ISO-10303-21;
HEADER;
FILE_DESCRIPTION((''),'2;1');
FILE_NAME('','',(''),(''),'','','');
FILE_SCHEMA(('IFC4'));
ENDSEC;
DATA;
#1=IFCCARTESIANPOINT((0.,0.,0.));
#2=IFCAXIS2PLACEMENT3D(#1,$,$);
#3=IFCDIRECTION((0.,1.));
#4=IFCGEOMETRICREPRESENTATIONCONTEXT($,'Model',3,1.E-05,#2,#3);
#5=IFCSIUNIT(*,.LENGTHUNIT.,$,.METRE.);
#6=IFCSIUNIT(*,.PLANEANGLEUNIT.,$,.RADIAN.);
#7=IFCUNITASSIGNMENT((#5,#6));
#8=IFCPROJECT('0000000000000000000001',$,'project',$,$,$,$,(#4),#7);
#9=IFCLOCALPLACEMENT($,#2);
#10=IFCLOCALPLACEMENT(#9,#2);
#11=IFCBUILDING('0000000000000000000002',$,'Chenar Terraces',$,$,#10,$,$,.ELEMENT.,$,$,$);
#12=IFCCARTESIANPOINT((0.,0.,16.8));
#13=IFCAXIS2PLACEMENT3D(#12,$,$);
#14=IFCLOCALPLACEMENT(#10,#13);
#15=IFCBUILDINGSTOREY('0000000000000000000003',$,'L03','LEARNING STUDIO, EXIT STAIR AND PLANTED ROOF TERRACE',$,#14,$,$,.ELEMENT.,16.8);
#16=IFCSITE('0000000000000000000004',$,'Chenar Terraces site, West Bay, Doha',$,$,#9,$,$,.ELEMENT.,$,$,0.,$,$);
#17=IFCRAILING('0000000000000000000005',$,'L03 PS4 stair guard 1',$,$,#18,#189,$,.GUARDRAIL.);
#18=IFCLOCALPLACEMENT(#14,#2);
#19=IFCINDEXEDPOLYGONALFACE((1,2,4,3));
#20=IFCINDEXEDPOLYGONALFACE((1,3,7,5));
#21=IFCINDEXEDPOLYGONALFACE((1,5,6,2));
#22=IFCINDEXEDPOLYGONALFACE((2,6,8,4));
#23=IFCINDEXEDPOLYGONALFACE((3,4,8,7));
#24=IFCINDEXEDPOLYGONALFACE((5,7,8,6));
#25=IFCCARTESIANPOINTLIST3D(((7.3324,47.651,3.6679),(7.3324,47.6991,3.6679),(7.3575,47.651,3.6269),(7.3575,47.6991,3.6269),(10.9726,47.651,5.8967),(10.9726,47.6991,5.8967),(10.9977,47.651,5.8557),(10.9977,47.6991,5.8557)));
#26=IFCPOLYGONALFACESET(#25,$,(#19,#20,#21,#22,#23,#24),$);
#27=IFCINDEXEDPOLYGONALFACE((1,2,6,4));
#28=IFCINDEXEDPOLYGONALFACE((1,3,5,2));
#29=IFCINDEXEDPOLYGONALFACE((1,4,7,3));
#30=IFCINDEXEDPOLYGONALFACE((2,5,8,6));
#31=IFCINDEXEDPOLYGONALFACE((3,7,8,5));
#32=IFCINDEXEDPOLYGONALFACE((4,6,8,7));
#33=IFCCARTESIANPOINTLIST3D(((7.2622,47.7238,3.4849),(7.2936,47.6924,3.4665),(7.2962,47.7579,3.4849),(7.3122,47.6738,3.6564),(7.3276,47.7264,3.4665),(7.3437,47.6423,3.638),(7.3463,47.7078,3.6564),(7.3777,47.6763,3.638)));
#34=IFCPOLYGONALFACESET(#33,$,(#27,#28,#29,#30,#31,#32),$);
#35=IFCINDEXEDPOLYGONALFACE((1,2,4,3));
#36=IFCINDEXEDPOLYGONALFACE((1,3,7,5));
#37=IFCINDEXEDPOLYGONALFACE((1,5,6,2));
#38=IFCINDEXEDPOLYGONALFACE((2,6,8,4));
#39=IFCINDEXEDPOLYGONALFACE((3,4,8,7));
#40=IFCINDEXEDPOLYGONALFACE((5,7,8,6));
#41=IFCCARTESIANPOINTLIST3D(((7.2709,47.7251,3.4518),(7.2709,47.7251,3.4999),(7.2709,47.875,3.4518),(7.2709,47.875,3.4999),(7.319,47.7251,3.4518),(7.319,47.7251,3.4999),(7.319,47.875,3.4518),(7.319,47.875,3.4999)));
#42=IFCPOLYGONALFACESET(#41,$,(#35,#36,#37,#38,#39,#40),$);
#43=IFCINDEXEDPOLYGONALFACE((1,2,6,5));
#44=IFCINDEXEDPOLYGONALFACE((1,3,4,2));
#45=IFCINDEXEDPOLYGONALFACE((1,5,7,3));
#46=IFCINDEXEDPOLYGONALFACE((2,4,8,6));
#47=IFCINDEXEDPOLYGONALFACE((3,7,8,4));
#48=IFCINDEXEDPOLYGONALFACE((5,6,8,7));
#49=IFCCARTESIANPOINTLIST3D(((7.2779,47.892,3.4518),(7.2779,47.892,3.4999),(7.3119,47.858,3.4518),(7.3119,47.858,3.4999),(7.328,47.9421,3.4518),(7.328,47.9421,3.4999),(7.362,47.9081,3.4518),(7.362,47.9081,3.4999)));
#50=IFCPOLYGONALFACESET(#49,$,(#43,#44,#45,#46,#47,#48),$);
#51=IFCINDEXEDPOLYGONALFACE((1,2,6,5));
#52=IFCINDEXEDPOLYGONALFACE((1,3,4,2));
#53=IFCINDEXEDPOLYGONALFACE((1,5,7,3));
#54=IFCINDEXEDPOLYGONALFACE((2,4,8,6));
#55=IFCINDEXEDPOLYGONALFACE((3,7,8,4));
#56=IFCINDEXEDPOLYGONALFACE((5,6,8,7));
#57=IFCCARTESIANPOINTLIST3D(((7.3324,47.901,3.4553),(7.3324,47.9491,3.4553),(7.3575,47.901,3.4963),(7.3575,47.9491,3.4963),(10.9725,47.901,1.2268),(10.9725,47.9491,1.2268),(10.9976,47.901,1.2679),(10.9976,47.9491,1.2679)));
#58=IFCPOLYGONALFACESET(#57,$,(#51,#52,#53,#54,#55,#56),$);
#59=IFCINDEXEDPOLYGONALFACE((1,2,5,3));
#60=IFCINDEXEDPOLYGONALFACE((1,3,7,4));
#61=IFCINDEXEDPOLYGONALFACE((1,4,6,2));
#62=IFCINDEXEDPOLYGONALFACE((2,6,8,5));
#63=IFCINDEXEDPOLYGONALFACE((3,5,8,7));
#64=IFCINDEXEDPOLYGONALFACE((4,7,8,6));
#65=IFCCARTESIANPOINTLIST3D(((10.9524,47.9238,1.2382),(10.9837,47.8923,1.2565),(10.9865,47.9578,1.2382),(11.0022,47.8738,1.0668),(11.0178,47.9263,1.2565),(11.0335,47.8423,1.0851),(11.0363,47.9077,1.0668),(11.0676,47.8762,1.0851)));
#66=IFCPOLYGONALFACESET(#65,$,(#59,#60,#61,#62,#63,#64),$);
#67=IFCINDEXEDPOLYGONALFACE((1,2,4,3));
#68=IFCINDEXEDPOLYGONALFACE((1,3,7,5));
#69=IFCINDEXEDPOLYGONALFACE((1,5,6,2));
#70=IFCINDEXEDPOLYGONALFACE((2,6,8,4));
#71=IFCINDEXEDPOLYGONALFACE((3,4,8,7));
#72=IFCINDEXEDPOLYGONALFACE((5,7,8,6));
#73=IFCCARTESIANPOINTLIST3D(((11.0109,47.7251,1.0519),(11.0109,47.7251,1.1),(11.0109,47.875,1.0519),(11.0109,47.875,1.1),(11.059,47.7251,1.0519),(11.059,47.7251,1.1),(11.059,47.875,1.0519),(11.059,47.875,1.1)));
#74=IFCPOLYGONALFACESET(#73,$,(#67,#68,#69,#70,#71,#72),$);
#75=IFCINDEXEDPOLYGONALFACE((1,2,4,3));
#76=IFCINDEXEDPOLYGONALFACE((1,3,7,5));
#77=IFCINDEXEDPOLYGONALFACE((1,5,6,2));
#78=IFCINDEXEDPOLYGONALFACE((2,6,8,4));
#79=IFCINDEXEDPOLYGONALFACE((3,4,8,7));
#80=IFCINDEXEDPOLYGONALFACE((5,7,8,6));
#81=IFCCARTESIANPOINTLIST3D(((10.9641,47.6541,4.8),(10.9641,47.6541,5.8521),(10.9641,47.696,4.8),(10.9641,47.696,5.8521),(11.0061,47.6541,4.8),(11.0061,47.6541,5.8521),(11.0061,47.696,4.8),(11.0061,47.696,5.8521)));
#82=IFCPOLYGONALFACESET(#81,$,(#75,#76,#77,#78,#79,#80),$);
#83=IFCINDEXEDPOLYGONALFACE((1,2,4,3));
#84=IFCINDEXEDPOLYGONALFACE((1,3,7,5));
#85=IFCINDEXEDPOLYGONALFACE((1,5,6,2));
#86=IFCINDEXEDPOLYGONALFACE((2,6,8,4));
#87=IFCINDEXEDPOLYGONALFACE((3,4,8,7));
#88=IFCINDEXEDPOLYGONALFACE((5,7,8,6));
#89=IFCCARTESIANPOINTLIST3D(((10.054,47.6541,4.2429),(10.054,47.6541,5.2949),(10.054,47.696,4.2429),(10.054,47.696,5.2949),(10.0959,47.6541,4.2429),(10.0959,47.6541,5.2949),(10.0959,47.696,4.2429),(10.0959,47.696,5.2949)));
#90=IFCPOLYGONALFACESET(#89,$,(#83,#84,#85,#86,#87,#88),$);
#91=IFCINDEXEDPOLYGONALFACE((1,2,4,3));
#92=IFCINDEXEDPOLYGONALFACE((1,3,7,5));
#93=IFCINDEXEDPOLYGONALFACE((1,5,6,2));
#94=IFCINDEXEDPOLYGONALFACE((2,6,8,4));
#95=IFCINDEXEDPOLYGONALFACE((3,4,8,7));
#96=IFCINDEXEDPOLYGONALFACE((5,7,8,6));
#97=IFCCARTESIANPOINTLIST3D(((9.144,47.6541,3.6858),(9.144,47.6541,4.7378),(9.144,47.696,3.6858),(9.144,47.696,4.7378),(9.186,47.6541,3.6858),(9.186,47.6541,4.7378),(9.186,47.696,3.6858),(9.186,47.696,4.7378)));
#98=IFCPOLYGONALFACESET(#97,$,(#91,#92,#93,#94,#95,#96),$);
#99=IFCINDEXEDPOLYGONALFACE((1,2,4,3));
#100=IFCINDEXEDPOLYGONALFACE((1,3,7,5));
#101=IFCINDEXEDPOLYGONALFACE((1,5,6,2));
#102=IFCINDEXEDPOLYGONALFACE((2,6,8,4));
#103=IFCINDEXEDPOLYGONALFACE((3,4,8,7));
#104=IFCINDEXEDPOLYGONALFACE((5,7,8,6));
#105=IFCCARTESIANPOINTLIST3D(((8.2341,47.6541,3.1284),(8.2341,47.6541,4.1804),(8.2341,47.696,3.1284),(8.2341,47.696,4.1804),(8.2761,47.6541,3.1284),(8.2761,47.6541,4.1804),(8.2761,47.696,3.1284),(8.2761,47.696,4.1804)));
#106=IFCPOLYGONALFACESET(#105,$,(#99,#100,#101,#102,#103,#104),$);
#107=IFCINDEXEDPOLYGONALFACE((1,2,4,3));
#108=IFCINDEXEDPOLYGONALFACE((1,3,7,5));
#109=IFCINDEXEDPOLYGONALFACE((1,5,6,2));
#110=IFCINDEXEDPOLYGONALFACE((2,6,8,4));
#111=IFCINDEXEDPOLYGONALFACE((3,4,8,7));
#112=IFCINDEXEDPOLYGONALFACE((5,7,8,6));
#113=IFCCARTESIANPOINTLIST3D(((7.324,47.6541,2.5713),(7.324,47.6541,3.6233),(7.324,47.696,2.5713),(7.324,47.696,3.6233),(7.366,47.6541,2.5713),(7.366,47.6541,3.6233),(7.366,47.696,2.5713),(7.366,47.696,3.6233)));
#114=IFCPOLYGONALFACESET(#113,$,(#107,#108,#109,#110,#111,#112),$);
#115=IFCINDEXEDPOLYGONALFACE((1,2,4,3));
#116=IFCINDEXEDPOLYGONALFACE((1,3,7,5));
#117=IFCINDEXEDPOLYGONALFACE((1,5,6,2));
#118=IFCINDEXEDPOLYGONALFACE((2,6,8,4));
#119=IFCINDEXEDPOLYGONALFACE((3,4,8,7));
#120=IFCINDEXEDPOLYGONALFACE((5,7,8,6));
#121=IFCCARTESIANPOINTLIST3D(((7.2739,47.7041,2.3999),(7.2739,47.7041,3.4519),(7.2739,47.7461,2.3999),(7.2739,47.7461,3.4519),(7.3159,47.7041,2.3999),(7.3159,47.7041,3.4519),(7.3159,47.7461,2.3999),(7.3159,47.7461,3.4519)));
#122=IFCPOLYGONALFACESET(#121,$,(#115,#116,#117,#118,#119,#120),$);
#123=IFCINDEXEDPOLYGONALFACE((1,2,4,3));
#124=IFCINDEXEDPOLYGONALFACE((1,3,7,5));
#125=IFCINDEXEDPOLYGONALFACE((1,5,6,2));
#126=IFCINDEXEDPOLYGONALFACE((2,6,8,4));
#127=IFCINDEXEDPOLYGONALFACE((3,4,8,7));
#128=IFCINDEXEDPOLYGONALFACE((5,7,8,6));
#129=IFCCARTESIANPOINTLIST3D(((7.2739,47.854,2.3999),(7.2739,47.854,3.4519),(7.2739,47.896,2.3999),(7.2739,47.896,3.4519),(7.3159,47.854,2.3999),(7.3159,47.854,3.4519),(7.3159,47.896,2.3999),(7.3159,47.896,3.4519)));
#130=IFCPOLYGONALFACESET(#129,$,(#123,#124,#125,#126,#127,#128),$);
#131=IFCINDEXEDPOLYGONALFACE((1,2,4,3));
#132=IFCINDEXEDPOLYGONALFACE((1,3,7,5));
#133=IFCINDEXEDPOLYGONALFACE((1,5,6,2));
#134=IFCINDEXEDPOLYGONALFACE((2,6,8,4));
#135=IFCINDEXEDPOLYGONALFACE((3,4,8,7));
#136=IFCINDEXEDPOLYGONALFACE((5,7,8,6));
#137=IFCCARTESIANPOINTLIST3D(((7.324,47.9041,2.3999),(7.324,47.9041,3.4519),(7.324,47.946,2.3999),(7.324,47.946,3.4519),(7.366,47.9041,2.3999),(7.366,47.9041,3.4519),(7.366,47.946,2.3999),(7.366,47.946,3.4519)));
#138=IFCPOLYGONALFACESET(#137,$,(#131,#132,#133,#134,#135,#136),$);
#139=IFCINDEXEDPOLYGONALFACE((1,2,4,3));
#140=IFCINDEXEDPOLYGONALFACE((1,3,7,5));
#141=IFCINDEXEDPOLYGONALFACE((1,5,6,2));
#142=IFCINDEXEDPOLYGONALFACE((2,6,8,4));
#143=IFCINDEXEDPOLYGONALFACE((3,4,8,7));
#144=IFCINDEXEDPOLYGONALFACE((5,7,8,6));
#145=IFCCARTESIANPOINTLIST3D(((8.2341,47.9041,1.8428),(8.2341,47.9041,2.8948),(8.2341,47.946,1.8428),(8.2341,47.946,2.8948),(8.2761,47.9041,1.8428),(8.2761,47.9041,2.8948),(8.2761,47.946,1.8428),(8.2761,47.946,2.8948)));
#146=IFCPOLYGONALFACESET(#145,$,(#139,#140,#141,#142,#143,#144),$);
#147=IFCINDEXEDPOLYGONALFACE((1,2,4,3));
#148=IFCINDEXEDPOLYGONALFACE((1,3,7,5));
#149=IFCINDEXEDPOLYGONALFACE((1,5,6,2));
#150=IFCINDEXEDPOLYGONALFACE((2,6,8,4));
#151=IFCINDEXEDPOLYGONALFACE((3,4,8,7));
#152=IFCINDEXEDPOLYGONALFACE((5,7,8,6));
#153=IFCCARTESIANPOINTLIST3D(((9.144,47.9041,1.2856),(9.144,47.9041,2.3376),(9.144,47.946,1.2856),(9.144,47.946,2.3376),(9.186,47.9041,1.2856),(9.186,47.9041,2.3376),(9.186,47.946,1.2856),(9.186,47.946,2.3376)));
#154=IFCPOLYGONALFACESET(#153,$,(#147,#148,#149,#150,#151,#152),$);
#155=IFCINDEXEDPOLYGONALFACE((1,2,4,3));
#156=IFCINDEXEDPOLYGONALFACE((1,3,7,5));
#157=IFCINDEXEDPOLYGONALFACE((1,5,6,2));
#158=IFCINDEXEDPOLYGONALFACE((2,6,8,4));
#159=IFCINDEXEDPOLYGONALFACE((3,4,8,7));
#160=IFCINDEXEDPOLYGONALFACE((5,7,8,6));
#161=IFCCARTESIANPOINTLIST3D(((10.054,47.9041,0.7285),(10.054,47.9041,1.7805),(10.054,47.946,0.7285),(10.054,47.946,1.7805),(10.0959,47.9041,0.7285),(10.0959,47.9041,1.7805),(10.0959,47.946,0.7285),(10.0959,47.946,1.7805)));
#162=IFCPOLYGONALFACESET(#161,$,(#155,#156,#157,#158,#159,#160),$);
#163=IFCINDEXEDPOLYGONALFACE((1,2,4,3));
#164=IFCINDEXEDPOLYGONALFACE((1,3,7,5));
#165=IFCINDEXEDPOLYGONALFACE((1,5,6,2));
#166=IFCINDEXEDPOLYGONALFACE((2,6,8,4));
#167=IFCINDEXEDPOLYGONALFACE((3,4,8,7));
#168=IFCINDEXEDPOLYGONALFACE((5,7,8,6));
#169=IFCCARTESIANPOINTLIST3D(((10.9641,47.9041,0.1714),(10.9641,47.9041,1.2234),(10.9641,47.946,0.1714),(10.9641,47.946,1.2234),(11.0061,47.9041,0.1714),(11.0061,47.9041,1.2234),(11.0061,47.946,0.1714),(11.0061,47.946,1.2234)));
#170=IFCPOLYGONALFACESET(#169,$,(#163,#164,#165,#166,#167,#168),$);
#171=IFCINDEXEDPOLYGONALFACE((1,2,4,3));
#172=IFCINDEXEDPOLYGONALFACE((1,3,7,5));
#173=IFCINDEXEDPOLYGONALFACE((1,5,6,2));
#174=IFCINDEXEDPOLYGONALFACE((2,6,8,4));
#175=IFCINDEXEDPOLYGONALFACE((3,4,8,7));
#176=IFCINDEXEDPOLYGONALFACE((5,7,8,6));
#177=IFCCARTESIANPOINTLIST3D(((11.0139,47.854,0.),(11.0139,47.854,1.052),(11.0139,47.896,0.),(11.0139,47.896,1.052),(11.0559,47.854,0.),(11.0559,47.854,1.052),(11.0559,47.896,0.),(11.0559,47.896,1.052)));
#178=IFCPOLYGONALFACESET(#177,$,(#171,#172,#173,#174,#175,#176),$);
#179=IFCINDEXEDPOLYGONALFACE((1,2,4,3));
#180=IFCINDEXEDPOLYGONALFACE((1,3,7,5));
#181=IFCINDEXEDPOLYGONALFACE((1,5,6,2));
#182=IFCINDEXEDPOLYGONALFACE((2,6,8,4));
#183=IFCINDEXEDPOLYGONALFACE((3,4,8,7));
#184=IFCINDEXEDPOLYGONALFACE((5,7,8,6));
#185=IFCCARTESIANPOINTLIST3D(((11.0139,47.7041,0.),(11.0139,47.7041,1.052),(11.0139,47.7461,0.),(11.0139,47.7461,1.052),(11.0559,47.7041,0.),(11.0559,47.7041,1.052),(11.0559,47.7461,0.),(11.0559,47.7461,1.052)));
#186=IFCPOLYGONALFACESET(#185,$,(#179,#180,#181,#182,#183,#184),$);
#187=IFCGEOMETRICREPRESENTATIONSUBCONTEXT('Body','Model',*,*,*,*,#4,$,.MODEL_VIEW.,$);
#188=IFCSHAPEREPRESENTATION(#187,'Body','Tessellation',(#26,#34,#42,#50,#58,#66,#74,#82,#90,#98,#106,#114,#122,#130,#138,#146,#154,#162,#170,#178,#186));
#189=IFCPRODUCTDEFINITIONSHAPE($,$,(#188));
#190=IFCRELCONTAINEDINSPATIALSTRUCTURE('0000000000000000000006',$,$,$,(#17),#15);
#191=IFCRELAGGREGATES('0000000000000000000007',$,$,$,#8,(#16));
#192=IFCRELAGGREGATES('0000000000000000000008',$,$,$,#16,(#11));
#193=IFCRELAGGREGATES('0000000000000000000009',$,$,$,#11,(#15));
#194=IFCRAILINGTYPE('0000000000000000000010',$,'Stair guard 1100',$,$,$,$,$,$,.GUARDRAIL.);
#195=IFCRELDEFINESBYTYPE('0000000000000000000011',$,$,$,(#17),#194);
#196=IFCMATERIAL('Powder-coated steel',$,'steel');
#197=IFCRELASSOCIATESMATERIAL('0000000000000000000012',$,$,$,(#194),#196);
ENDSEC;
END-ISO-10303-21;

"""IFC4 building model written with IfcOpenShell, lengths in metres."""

from ifc_helpers import new_model, si_unit, direction, frame, origin, origin_2d, place, context, subcontext, project, spatial, rectangle, extrude, material, type_object, element, save


model = new_model("IFC4")

# Units and contexts
model_context = context("Model", 3, precision=1e-05, world=origin(), true_north=direction((0.0, 1.0)))
body_context = subcontext(model_context, "Body", "Model", "MODEL_VIEW")
ifc_project = project(units=[si_unit("LENGTHUNIT", "METRE"), si_unit("PLANEANGLEUNIT", "RADIAN")], contexts=[model_context])

# Site, building, storey
site_placement = place(None, origin())
site = spatial("IfcSite", under=ifc_project, at=site_placement, Name="Chenar Terraces site, West Bay, Doha", CompositionType="ELEMENT", RefElevation=0.0)
building_placement = place(site_placement, origin())
building = spatial("IfcBuilding", under=site, at=building_placement, Name="Chenar Terraces", CompositionType="ELEMENT")
storey_placement = place(building_placement, frame((0.0, 0.0, 16.8)))
storey = spatial("IfcBuildingStorey", under=building, at=storey_placement, Name="L03", Description="LEARNING STUDIO, EXIT STAIR AND PLANTED ROOF TERRACE", CompositionType="ELEMENT", Elevation=16.8)

# Railing
ifc_material_1 = material(Name="Powder-coated steel", Category="steel")
railing_type_1 = type_object("IfcRailingType", Name="Stair guard 1100", PredefinedType="GUARDRAIL", material=ifc_material_1)
railing_1_placement = place(storey_placement, frame((10.9851, 47.675, 4.8)))
element("IfcRailing", 1, at=railing_1_placement, inside=storey, type_object=railing_type_1, Name="L03 PS4 stair guard 1", PredefinedType="GUARDRAIL", context=body_context, shape_type="SweptSolid", body=[
    extrude(rectangle(XDim=0.0481, YDim=0.0481, at=origin_2d()), frame((0.0, 0.0, 1.0762), z_axis=(-0.85284, 0.0, -0.522172), x_axis=(0.0, -1.0, 0.0)), (0.0, 0.0, 1.0), 4.2683),
    extrude(rectangle(XDim=0.0481, YDim=0.0481, at=origin_2d()), frame((-3.6401, 0.0, -1.1528), z_axis=(-0.269911, 0.269911, -0.924281), x_axis=(-0.707107, -0.707107, 0.0)), (0.0, 0.0, 1.0), 0.1855),
    extrude(rectangle(XDim=0.0481, YDim=0.0481, at=origin_2d()), frame((-3.6902, 0.05, -1.3242), z_axis=(0.0, 1.0, 0.0), x_axis=(-1.0, 0.0, 0.0)), (0.0, 0.0, 1.0), 0.1499),
    extrude(rectangle(XDim=0.0481, YDim=0.0481, at=origin_2d()), frame((-3.6902, 0.2, -1.3242), z_axis=(0.707107, 0.707107, 0.0), x_axis=(-0.707107, 0.707107, 0.0)), (0.0, 0.0, 1.0), 0.0708),
    extrude(rectangle(XDim=0.0481, YDim=0.0481, at=origin_2d()), frame((-3.6401, 0.25, -1.3242), z_axis=(0.852866, 0.0, -0.52213), x_axis=(0.0, 1.0, 0.0)), (0.0, 0.0, 1.0), 4.2681),
    extrude(rectangle(XDim=0.0481, YDim=0.0481, at=origin_2d()), frame((0.0, 0.25, -3.5527), z_axis=(0.26869, -0.270007, -0.924609), x_axis=(0.708834, 0.705376, 0.0)), (0.0, 0.0, 1.0), 0.1853),
    extrude(rectangle(XDim=0.0481, YDim=0.0481, at=origin_2d()), frame((0.0498, 0.2, -3.7241), z_axis=(0.0, -1.0, 0.0), x_axis=(1.0, 0.0, 0.0)), (0.0, 0.0, 1.0), 0.1499),
    extrude(rectangle(XDim=0.042, YDim=0.042, at=origin_2d()), origin(), (0.0, 0.0, 1.0), 1.052),
    extrude(rectangle(XDim=0.042, YDim=0.042, at=origin_2d()), frame((-0.9102, 0.0, -0.5571)), (0.0, 0.0, 1.0), 1.052),
    extrude(rectangle(XDim=0.042, YDim=0.042, at=origin_2d()), frame((-1.8201, 0.0, -1.1143)), (0.0, 0.0, 1.0), 1.052),
    extrude(rectangle(XDim=0.042, YDim=0.042, at=origin_2d()), frame((-2.73, 0.0, -1.6716)), (0.0, 0.0, 1.0), 1.052),
    extrude(rectangle(XDim=0.042, YDim=0.042, at=origin_2d()), frame((-3.6401, 0.0, -2.2288)), (0.0, 0.0, 1.0), 1.052),
    extrude(rectangle(XDim=0.042, YDim=0.042, at=origin_2d()), frame((-3.6902, 0.05, -2.4001)), (0.0, 0.0, 1.0), 1.052),
    extrude(rectangle(XDim=0.042, YDim=0.042, at=origin_2d()), frame((-3.6902, 0.2, -2.4001)), (0.0, 0.0, 1.0), 1.052),
    extrude(rectangle(XDim=0.042, YDim=0.042, at=origin_2d()), frame((-3.6401, 0.25, -2.4001)), (0.0, 0.0, 1.0), 1.052),
    extrude(rectangle(XDim=0.042, YDim=0.042, at=origin_2d()), frame((-2.73, 0.25, -2.9573)), (0.0, 0.0, 1.0), 1.052),
    extrude(rectangle(XDim=0.042, YDim=0.042, at=origin_2d()), frame((-1.8201, 0.25, -3.5144)), (0.0, 0.0, 1.0), 1.052),
    extrude(rectangle(XDim=0.042, YDim=0.042, at=origin_2d()), frame((-0.9102, 0.25, -4.0715)), (0.0, 0.0, 1.0), 1.052),
    extrude(rectangle(XDim=0.042, YDim=0.042, at=origin_2d()), frame((0.0, 0.25, -4.6287)), (0.0, 0.0, 1.0), 1.052),
    extrude(rectangle(XDim=0.042, YDim=0.042, at=origin_2d()), frame((0.0498, 0.2, -4.8)), (0.0, 0.0, 1.0), 1.052),
    extrude(rectangle(XDim=0.042, YDim=0.042, at=origin_2d()), frame((0.0498, 0.05, -4.8)), (0.0, 0.0, 1.0), 1.052),
])

save(model, "model.ifc")
